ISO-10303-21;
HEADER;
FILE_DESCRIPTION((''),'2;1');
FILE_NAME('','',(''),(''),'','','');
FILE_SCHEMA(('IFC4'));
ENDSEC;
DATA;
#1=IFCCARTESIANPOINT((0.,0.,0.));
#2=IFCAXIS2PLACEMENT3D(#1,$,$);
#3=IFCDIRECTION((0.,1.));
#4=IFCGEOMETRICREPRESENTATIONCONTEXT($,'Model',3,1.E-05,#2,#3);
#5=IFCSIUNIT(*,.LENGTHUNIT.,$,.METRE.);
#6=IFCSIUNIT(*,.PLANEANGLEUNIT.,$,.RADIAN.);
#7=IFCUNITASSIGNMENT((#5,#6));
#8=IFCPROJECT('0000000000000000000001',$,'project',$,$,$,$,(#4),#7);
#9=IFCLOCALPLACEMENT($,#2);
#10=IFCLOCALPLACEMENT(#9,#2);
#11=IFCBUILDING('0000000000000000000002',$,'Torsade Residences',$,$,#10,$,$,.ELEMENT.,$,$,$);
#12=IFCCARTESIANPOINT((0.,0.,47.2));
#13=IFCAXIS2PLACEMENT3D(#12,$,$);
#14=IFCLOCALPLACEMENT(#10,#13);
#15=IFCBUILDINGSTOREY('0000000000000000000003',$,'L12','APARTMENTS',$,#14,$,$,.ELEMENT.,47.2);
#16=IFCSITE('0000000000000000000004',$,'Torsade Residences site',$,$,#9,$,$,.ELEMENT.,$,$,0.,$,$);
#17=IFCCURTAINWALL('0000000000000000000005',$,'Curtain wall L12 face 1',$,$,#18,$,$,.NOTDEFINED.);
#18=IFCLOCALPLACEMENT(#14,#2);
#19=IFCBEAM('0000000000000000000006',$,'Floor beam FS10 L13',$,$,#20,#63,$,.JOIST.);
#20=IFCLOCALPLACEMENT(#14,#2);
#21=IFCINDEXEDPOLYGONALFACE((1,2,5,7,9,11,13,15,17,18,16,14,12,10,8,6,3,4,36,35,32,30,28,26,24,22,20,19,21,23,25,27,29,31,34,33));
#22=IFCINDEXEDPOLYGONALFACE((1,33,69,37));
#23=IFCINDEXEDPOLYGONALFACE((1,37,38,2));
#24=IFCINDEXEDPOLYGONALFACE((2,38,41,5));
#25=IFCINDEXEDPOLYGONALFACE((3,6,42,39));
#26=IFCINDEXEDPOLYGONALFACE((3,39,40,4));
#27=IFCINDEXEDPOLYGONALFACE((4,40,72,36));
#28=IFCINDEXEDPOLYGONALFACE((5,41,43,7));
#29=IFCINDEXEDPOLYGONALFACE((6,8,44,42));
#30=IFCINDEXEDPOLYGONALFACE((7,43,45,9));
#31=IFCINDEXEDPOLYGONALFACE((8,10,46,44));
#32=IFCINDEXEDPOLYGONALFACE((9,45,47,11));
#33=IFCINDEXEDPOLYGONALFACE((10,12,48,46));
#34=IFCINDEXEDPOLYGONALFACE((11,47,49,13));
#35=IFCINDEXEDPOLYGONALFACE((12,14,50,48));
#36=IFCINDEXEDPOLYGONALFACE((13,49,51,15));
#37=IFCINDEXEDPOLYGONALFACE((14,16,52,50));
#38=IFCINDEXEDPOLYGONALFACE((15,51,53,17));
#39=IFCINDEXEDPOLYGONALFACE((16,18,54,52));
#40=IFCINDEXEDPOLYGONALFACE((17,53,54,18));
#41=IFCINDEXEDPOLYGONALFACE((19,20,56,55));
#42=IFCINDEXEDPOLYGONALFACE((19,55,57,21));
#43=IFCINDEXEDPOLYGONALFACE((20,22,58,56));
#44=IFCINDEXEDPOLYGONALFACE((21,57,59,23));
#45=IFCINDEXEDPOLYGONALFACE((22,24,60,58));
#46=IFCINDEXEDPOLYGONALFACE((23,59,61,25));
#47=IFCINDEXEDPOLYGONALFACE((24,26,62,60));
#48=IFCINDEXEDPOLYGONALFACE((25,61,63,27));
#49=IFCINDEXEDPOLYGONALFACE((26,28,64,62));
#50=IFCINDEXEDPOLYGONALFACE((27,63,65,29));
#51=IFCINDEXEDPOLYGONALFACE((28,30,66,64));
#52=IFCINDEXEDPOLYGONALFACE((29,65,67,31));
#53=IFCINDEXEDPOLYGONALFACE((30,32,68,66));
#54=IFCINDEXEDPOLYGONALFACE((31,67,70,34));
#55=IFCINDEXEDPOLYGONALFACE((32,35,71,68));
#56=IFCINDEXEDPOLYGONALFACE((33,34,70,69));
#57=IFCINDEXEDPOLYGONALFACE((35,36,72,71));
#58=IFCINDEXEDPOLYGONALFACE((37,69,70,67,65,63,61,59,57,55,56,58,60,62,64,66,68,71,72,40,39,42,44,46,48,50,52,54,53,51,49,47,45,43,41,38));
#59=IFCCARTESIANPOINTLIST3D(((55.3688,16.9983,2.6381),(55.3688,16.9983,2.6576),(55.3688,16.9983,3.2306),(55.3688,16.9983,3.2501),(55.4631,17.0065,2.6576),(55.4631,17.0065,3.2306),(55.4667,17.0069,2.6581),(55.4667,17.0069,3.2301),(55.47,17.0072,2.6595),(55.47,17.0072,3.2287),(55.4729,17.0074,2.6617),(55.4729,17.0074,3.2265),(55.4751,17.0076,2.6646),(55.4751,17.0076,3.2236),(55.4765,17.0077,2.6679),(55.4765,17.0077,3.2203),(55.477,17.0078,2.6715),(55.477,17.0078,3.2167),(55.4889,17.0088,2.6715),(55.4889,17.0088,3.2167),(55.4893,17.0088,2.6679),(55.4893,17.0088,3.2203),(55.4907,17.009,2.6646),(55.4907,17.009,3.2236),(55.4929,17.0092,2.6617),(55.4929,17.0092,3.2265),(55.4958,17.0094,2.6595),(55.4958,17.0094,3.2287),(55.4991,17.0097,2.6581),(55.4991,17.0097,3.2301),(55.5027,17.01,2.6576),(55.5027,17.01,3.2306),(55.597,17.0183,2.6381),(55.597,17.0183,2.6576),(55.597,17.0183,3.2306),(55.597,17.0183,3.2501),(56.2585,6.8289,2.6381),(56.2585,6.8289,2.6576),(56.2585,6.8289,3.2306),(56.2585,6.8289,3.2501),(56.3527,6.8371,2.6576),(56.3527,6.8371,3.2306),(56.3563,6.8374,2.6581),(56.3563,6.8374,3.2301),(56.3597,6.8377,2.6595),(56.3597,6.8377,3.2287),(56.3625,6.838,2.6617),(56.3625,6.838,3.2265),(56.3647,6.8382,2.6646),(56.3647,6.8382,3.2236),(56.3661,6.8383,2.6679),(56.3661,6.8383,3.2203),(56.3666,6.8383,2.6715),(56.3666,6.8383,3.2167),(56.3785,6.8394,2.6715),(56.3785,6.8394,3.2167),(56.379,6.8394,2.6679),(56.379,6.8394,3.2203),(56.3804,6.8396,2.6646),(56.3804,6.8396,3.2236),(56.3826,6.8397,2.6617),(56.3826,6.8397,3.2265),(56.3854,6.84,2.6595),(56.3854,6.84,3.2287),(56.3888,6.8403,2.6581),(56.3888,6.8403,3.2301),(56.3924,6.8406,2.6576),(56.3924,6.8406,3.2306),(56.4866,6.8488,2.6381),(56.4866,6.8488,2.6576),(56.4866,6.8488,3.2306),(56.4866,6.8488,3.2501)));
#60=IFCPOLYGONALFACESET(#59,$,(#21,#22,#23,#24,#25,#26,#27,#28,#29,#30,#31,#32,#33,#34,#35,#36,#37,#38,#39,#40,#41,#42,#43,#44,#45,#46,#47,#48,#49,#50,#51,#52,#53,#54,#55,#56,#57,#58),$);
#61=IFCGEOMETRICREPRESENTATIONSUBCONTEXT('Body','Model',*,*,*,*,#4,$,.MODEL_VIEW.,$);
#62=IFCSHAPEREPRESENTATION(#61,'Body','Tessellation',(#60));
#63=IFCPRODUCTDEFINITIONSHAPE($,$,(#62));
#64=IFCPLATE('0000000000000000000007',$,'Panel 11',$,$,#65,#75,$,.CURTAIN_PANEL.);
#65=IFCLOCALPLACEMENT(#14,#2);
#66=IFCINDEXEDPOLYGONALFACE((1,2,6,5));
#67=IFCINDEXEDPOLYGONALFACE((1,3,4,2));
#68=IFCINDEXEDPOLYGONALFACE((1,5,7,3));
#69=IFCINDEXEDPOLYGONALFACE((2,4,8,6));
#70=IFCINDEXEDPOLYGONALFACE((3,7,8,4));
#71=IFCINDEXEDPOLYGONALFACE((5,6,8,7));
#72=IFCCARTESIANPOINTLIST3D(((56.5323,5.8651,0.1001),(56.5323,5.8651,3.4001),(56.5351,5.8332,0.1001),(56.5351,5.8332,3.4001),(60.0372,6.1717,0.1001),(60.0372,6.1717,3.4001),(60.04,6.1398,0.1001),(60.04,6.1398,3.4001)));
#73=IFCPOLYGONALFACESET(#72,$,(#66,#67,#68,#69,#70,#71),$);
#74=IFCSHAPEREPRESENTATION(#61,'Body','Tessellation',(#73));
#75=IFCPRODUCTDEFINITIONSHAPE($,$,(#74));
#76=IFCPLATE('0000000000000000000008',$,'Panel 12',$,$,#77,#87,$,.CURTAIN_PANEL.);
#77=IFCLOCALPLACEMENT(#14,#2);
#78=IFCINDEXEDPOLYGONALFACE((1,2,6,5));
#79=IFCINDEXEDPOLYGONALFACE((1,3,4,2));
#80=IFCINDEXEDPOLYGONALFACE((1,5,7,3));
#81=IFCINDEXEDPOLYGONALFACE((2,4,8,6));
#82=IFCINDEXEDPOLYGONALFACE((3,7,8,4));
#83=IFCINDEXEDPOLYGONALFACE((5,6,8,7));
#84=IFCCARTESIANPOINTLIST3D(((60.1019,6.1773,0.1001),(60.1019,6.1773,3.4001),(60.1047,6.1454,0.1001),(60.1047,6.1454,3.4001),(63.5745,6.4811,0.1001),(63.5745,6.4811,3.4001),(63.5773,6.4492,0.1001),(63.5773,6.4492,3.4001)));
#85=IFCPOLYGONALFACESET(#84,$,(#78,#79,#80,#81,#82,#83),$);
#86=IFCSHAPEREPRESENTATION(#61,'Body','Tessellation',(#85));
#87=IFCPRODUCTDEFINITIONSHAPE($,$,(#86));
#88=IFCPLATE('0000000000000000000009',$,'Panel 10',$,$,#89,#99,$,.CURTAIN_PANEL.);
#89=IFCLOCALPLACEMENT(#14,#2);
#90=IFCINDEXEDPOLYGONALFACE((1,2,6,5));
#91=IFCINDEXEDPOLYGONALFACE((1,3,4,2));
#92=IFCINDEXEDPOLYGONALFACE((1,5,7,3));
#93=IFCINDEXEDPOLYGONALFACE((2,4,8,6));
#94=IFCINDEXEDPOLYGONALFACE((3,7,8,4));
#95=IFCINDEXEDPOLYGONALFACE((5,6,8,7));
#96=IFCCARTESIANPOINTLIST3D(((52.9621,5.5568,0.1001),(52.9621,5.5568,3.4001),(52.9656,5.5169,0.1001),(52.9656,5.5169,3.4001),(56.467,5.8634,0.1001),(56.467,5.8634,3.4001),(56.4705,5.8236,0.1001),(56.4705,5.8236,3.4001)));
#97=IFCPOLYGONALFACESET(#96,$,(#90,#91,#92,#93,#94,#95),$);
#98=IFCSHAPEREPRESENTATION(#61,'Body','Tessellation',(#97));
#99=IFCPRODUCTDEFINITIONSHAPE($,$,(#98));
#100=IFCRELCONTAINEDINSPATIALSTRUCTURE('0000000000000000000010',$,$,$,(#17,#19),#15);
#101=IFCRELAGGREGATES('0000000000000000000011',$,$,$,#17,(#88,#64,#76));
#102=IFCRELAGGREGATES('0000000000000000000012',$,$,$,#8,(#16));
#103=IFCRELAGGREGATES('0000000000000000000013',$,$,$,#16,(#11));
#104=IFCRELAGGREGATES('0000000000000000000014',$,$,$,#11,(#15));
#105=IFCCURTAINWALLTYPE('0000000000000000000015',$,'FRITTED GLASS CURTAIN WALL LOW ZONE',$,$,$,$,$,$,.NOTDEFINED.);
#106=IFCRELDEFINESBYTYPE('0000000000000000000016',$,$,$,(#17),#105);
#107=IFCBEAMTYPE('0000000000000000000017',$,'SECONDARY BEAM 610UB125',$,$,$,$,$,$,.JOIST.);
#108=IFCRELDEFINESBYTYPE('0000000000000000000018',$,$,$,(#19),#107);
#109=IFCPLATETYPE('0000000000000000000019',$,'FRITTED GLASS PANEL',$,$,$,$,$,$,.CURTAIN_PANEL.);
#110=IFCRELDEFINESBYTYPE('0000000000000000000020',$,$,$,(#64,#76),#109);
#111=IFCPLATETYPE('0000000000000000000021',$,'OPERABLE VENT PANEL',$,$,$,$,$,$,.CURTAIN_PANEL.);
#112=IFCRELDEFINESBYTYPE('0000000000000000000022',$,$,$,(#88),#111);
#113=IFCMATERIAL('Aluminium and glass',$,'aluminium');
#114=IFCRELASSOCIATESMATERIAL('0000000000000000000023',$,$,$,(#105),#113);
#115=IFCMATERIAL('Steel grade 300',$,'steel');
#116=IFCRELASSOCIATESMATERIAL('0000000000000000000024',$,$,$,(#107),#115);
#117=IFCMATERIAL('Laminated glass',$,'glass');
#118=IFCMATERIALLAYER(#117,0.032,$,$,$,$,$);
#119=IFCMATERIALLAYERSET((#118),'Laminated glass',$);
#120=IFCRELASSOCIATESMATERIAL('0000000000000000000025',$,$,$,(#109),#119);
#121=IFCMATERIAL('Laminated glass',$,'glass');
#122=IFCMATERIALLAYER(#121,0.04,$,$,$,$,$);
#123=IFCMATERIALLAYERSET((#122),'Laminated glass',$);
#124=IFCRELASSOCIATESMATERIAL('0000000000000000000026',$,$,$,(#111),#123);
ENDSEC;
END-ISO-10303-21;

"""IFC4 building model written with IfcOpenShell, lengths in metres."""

from ifc_helpers import new_model, si_unit, direction, frame, origin, origin_2d, place, context, subcontext, project, spatial, rectangle, i_section, extrude, material, layer, layer_set, material_profile, profile_set, type_object, element, aggregate, save


model = new_model("IFC4")

# Units and contexts
model_context = context("Model", 3, precision=1e-05, world=origin(), true_north=direction((0.0, 1.0)))
body_context = subcontext(model_context, "Body", "Model", "MODEL_VIEW")
ifc_project = project(units=[si_unit("LENGTHUNIT", "METRE"), si_unit("PLANEANGLEUNIT", "RADIAN")], contexts=[model_context])

# Site, building, storey
site_placement = place(None, origin())
site = spatial("IfcSite", under=ifc_project, at=site_placement, Name="Torsade Residences site", CompositionType="ELEMENT", RefElevation=0.0)
building_placement = place(site_placement, origin())
building = spatial("IfcBuilding", under=site, at=building_placement, Name="Torsade Residences", CompositionType="ELEMENT")
storey_placement = place(building_placement, frame((0.0, 0.0, 47.2)))
storey = spatial("IfcBuildingStorey", under=building, at=storey_placement, Name="L12", Description="APARTMENTS", CompositionType="ELEMENT", Elevation=47.2)

# Curtain wall
ifc_material_1 = material(Name="Aluminium and glass", Category="aluminium")
curtain_wall_type = type_object("IfcCurtainWallType", Name="FRITTED GLASS CURTAIN WALL LOW ZONE", PredefinedType="NOTDEFINED", material=ifc_material_1)
curtain_wall_placement = place(storey_placement, origin())
curtain_wall = element("IfcCurtainWall", 1, at=curtain_wall_placement, inside=storey, type_object=curtain_wall_type, Name="Curtain wall L12 face 1", PredefinedType="NOTDEFINED")

# Beam
ifc_material_2 = material(Name="Steel grade 300", Category="steel")
ifc_material_profile_1 = material_profile(ifc_material_2, i_section(OverallWidth=0.229, OverallDepth=0.6121, WebThickness=0.012, FlangeThickness=0.0195, FilletRadius=0.0139, at=origin_2d()), Name="610UB125")
ifc_profile_set_1 = profile_set([ifc_material_profile_1], Name="Steel grade 300")
beam_type_1 = type_object("IfcBeamType", Name="SECONDARY BEAM 610UB125", PredefinedType="JOIST", material=ifc_profile_set_1)
beam_1_placement = place(storey_placement, frame((56.3726, 6.8389, 2.9441), z_axis=(-0.08715, 0.996195, 0.0), x_axis=(-0.996195, -0.08715, 0.0)))
element("IfcBeam", 2, at=beam_1_placement, inside=storey, type_object=beam_type_1, Name="Floor beam FS10 L13", PredefinedType="JOIST", context=body_context, shape_type="SweptSolid", body=[
    extrude(i_section(OverallWidth=0.229, OverallDepth=0.6121, WebThickness=0.012, FlangeThickness=0.0195, FilletRadius=0.0139, at=origin_2d()), origin(), (0.0, 0.0, 1.0), 10.2083),
])

# Plates
ifc_material_3 = material(Name="Laminated glass", Category="glass")
ifc_layer_1 = layer(ifc_material_3, 0.032)
ifc_layer_set_1 = layer_set([ifc_layer_1], Name="Laminated glass")
plate_type_1 = type_object("IfcPlateType", Name="FRITTED GLASS PANEL", PredefinedType="CURTAIN_PANEL", material=ifc_layer_set_1)
plate_1_placement = place(storey_placement, frame((58.2861, 6.0024, 0.1001), z_axis=(0.0, 0.0, 1.0), x_axis=(0.996195, 0.087156, 0.0)))
plate_1 = element("IfcPlate", 3, at=plate_1_placement, type_object=plate_type_1, Name="Panel 11", PredefinedType="CURTAIN_PANEL", context=body_context, shape_type="SweptSolid", body=[
    extrude(rectangle(XDim=3.5183, YDim=0.032, at=origin_2d()), origin(), (0.0, 0.0, 1.0), 3.3),
])
plate_2_placement = place(storey_placement, frame((61.8396, 6.3132, 0.1001), z_axis=(0.0, 0.0, 1.0), x_axis=(0.996195, 0.087156, 0.0)))
plate_2 = element("IfcPlate", 4, at=plate_2_placement, type_object=plate_type_1, Name="Panel 12", PredefinedType="CURTAIN_PANEL", context=body_context, shape_type="SweptSolid", body=[
    extrude(rectangle(XDim=3.4858, YDim=0.032, at=origin_2d()), origin(), (0.0, 0.0, 1.0), 3.3),
])
ifc_material_4 = material(Name="Laminated glass", Category="glass")
ifc_layer_2 = layer(ifc_material_4, 0.04)
ifc_layer_set_2 = layer_set([ifc_layer_2], Name="Laminated glass")
plate_type_2 = type_object("IfcPlateType", Name="OPERABLE VENT PANEL", PredefinedType="CURTAIN_PANEL", material=ifc_layer_set_2)
plate_3_placement = place(storey_placement, frame((54.7163, 5.6902, 0.1001), z_axis=(0.0, 0.0, 1.0), x_axis=(0.996195, 0.087156, 0.0)))
plate_3 = element("IfcPlate", 5, at=plate_3_placement, type_object=plate_type_2, Name="Panel 10", PredefinedType="CURTAIN_PANEL", context=body_context, shape_type="SweptSolid", body=[
    extrude(rectangle(XDim=3.5183, YDim=0.04, at=origin_2d()), origin(), (0.0, 0.0, 1.0), 3.3),
])
aggregate(curtain_wall, [plate_3, plate_1, plate_2])

save(model, "model.ifc")
